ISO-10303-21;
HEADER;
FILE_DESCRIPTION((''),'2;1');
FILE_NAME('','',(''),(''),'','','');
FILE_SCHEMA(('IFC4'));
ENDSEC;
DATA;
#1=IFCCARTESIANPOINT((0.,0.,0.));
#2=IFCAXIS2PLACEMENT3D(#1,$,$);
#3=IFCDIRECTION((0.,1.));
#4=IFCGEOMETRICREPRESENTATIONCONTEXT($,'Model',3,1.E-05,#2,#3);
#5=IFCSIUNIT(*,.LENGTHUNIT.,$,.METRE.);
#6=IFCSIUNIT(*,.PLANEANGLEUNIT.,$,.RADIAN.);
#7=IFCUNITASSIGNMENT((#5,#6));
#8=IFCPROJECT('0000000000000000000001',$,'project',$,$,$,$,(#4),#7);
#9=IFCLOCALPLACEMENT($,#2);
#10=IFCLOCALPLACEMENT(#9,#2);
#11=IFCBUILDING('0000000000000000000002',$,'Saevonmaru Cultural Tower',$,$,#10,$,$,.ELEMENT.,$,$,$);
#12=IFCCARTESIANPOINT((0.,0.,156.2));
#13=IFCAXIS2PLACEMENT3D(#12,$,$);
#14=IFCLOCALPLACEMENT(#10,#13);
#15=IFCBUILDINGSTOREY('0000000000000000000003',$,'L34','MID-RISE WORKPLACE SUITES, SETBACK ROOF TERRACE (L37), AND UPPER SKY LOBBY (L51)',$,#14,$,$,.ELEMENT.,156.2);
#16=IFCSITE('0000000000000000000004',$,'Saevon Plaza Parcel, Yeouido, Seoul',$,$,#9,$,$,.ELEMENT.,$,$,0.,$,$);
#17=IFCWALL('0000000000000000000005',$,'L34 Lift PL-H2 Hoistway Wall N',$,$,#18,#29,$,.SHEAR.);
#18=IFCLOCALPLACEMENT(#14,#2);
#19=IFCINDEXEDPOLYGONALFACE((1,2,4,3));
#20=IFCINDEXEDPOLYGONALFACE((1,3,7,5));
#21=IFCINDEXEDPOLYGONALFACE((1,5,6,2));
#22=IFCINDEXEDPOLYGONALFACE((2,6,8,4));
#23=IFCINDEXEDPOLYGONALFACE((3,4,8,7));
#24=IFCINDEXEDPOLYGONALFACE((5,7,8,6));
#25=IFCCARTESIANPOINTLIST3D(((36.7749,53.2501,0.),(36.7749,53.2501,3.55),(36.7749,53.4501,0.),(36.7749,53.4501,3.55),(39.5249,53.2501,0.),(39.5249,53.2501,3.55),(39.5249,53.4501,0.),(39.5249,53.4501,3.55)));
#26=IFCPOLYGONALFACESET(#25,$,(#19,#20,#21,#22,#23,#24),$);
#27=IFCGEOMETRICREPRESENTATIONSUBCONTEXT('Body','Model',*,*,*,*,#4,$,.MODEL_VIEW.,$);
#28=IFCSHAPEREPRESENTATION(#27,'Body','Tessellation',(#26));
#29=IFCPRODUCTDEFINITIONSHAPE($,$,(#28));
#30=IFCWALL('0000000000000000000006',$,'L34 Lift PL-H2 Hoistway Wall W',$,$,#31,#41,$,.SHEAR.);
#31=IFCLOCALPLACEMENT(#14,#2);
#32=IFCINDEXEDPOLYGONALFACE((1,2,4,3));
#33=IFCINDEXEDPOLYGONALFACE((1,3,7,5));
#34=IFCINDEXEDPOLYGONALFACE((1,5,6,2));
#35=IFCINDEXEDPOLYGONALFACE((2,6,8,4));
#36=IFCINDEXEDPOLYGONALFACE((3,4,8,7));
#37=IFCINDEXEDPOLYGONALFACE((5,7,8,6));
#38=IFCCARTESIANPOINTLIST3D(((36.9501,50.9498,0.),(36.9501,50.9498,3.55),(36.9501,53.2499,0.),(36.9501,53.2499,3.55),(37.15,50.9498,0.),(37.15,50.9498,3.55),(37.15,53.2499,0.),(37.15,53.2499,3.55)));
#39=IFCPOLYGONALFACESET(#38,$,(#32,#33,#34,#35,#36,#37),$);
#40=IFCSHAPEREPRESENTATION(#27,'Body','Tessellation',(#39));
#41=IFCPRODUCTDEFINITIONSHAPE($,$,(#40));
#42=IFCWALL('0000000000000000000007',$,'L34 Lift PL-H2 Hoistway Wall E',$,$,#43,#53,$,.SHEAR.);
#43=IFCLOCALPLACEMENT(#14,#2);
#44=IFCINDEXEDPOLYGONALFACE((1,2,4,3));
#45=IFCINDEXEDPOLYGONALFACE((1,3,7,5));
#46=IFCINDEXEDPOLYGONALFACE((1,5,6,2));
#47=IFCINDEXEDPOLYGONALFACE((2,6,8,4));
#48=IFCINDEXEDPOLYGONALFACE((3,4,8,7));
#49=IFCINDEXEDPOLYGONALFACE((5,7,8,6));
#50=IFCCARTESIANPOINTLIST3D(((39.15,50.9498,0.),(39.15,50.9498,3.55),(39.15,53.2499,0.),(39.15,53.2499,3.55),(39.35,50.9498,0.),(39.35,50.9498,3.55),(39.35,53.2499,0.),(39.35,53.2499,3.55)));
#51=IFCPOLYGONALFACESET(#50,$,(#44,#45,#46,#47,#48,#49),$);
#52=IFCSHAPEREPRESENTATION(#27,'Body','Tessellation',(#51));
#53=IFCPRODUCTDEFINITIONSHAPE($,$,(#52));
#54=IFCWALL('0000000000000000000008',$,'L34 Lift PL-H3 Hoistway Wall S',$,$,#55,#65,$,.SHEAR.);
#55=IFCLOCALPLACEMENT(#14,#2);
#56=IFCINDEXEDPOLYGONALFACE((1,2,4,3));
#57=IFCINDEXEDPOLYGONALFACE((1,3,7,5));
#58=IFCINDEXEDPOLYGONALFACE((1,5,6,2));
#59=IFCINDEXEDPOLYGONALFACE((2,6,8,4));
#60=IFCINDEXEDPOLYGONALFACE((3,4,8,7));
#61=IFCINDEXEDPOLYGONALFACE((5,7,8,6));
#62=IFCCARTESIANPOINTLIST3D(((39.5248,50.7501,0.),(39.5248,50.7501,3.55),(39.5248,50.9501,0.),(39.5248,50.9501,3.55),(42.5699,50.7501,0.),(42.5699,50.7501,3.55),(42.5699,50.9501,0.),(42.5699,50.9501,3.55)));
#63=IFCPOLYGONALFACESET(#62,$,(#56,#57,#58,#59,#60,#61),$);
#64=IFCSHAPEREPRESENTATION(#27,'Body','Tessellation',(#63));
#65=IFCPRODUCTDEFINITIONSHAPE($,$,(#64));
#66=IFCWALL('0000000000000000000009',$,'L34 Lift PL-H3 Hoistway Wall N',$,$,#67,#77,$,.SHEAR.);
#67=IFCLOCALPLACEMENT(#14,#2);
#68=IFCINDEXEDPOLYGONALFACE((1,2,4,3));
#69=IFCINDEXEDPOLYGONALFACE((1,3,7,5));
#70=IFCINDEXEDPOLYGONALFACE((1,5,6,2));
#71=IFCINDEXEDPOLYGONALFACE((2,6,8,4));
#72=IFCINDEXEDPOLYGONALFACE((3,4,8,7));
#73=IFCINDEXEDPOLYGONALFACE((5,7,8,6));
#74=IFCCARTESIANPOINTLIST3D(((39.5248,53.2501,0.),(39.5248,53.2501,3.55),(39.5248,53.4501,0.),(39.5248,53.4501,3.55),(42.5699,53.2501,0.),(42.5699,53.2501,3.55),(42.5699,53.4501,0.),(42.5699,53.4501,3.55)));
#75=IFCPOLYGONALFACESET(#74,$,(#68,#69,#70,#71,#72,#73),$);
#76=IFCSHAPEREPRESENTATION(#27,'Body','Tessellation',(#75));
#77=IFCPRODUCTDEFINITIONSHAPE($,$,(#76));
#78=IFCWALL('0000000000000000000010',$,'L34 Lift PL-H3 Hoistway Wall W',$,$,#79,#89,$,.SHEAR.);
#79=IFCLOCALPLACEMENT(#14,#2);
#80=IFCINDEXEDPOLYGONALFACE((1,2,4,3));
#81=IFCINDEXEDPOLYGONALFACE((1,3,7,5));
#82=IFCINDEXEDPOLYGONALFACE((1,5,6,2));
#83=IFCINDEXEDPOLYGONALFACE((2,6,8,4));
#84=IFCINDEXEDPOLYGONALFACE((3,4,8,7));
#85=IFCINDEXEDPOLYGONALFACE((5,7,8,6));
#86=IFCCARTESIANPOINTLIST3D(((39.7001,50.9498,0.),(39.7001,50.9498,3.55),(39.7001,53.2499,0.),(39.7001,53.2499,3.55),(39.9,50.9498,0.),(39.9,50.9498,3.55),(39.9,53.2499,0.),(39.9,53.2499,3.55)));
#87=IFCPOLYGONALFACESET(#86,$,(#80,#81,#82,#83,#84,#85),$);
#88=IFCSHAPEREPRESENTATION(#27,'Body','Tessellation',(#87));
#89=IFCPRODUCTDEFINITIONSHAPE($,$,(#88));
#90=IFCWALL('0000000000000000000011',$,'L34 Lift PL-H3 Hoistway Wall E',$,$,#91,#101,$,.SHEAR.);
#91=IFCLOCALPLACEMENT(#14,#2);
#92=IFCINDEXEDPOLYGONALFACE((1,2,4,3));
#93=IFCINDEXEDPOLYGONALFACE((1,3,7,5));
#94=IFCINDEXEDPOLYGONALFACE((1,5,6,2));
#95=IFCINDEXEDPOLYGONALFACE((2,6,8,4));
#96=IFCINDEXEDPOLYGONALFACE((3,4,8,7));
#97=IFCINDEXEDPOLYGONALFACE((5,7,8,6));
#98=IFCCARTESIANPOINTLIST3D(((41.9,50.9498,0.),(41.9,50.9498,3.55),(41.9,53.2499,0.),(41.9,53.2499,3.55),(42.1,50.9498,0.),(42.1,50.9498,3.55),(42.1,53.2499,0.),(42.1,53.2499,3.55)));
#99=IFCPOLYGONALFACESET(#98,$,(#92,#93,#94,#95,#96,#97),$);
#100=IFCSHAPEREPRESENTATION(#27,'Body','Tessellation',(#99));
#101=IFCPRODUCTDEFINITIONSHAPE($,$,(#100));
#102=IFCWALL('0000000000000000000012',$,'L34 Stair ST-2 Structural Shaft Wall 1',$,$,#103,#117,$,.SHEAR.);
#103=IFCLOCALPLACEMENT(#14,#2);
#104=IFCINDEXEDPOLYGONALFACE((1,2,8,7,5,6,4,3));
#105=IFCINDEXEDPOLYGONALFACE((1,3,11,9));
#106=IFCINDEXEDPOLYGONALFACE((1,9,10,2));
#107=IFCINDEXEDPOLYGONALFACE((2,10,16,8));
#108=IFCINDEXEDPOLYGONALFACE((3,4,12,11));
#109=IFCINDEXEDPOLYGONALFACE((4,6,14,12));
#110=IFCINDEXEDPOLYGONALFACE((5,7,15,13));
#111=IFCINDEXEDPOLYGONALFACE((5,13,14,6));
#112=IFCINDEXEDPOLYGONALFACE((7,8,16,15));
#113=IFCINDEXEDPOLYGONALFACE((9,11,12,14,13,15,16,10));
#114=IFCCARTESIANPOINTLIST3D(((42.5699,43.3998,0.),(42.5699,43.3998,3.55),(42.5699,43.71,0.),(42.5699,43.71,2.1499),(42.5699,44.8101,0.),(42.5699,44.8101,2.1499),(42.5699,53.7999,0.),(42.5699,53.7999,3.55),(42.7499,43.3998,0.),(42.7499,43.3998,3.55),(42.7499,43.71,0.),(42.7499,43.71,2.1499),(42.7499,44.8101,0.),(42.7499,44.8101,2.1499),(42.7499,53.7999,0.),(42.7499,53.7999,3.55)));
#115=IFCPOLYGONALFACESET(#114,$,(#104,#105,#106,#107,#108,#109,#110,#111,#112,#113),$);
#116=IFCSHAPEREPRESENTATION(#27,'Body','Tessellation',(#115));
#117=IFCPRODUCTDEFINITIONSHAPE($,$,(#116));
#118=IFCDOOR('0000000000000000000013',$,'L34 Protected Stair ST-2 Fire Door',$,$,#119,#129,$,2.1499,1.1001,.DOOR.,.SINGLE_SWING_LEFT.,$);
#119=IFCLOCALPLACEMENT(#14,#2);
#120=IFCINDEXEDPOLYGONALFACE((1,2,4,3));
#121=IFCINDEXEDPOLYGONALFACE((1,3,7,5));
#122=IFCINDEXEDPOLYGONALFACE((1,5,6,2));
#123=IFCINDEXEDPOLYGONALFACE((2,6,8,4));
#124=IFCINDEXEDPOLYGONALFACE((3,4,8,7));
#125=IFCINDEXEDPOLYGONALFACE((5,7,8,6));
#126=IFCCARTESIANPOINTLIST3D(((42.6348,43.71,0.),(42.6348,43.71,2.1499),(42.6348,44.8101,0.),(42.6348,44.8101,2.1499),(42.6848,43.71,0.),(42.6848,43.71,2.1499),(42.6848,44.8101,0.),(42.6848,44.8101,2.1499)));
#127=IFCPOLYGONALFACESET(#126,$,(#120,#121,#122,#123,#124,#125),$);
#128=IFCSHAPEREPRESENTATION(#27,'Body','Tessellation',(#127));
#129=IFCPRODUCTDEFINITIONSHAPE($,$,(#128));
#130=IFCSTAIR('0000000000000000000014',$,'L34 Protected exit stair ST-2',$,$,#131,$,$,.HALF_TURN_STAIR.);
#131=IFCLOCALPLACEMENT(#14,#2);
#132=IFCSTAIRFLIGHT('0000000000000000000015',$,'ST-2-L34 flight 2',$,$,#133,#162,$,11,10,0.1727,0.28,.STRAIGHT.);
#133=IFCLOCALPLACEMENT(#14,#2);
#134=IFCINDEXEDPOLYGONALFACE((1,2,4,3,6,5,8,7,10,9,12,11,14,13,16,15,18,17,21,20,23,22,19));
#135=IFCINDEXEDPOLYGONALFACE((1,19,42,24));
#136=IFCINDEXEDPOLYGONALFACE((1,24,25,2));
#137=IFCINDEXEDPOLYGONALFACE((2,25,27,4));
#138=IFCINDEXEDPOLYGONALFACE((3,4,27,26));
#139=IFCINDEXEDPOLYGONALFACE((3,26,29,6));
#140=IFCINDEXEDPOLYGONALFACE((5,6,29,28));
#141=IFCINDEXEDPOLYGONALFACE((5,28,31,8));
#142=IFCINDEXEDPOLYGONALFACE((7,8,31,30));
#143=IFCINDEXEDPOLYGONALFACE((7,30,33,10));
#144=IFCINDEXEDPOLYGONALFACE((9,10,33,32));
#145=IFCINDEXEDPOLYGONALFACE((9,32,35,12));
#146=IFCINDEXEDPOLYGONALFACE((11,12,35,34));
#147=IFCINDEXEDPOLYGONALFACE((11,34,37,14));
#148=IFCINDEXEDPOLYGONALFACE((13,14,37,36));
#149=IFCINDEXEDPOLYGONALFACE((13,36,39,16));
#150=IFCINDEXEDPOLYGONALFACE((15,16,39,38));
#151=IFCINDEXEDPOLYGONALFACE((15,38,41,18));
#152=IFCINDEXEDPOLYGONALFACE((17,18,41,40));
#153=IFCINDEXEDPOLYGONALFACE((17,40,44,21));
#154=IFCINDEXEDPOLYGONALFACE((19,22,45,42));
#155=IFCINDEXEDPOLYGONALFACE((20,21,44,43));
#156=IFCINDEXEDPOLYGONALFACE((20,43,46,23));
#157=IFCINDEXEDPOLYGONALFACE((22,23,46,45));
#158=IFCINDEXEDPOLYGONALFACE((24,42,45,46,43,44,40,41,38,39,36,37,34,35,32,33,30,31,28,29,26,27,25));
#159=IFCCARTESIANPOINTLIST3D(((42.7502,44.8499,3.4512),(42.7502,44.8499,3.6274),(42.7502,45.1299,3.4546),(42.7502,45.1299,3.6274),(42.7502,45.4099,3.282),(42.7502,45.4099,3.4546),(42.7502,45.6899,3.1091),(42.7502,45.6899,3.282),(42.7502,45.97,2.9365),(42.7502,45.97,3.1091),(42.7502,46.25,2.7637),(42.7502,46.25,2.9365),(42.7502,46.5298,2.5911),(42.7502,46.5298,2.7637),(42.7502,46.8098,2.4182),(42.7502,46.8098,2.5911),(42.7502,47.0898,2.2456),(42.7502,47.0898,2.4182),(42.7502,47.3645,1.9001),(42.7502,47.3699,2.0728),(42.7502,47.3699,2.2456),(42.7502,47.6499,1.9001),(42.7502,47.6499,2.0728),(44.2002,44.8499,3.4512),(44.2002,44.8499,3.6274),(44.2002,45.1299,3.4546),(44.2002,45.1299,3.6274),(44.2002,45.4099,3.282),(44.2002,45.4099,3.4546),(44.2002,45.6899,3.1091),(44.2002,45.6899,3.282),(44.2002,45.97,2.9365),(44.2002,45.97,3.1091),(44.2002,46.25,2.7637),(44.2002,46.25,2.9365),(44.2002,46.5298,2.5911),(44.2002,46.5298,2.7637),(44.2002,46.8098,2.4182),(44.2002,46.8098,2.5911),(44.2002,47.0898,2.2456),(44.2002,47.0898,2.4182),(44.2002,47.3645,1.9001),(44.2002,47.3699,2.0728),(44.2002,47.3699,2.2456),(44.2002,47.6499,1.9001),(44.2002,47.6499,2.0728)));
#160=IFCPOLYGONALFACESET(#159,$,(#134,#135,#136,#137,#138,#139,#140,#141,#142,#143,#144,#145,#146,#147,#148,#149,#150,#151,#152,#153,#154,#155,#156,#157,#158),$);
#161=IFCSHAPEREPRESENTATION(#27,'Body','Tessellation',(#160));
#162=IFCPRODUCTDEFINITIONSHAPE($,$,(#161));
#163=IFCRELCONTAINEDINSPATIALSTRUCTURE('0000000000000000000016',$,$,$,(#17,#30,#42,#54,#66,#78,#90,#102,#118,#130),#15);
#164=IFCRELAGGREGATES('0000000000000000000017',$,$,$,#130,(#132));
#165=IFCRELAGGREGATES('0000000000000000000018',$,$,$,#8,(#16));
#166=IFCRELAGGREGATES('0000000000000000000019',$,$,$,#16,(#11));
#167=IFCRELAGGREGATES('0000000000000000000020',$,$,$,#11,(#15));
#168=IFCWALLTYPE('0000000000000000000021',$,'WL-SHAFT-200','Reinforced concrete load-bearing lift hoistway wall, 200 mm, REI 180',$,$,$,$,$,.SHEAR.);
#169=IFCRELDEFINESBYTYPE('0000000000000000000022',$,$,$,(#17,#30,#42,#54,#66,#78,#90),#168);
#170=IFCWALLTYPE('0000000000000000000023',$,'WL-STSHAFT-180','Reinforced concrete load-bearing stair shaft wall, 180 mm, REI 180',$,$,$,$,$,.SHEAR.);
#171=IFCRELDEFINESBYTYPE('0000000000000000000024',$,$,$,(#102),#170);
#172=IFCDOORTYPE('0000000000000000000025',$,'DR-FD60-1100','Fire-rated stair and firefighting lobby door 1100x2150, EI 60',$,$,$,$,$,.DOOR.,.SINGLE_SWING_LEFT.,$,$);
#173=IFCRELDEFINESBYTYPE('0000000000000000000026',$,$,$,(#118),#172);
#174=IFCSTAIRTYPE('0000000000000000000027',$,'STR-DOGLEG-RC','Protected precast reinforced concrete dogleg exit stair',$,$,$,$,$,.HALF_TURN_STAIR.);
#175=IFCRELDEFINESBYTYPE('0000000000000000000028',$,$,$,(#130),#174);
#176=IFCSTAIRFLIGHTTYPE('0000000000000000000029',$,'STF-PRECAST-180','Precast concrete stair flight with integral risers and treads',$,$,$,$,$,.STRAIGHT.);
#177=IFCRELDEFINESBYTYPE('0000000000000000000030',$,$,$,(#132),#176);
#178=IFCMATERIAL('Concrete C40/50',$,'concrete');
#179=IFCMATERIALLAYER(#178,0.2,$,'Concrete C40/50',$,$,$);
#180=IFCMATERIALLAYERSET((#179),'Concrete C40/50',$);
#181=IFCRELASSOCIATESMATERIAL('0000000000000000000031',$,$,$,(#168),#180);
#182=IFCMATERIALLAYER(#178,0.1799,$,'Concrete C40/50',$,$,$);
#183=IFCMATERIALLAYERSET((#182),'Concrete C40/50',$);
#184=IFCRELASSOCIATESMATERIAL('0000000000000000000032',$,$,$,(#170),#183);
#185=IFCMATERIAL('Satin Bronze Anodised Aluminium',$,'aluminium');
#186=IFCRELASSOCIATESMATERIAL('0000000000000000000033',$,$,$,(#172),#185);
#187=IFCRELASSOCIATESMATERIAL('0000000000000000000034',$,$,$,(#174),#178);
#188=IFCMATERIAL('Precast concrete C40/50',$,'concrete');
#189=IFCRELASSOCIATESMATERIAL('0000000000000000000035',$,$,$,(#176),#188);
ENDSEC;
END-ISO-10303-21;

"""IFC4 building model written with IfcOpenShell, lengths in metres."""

from ifc_helpers import new_model, si_unit, direction, frame, frame_2d, origin, place, context, subcontext, project, spatial, polyline, rectangle, outline, extrude, material, layer, layer_set, type_object, element, fill, aggregate, save


model = new_model("IFC4")

# Units and contexts
model_context = context("Model", 3, precision=1e-05, world=origin(), true_north=direction((0.0, 1.0)))
body_context = subcontext(model_context, "Body", "Model", "MODEL_VIEW")
ifc_project = project(units=[si_unit("LENGTHUNIT", "METRE"), si_unit("PLANEANGLEUNIT", "RADIAN")], contexts=[model_context])

# Site, building, storey
site_placement = place(None, origin())
site = spatial("IfcSite", under=ifc_project, at=site_placement, Name="Saevon Plaza Parcel, Yeouido, Seoul", CompositionType="ELEMENT", RefElevation=0.0)
building_placement = place(site_placement, origin())
building = spatial("IfcBuilding", under=site, at=building_placement, Name="Saevonmaru Cultural Tower", CompositionType="ELEMENT")
storey_placement = place(building_placement, frame((0.0, 0.0, 156.2)))
storey = spatial("IfcBuildingStorey", under=building, at=storey_placement, Name="L34", Description="MID-RISE WORKPLACE SUITES, SETBACK ROOF TERRACE (L37), AND UPPER SKY LOBBY (L51)", CompositionType="ELEMENT", Elevation=156.2)

# Shared definitions
ifc_material_1 = material(Name="Satin Bronze Anodised Aluminium", Category="aluminium")

# Walls
ifc_material_2 = material(Name="Concrete C40/50", Category="concrete")
ifc_layer_1 = layer(ifc_material_2, 0.2, Name="Concrete C40/50")
ifc_layer_set_1 = layer_set([ifc_layer_1], Name="Concrete C40/50")
wall_type_1 = type_object("IfcWallType", Name="WL-SHAFT-200", Description="Reinforced concrete load-bearing lift hoistway wall, 200 mm, REI 180", PredefinedType="SHEAR", material=ifc_layer_set_1)
for number, where, z_axis, x_axis, name in (
    (1, (36.7749, 53.3501, 0.0), (0.0, 0.0, 1.0), (1.0, 0.0, 0.0), "L34 Lift PL-H2 Hoistway Wall N"),
):
    element("IfcWall", number, at=place(storey_placement, frame(where, z_axis=z_axis, x_axis=x_axis)), inside=storey, type_object=wall_type_1, Name=name, PredefinedType="SHEAR", context=body_context, shape_type="SweptSolid", body=[
        extrude(rectangle(XDim=2.75, YDim=0.2, at=frame_2d((1.375, 0.0))), origin(), (0.0, 0.0, 1.0), 3.55),
    ])
for number, where, z_axis, x_axis, name in (
    (2, (37.05, 50.95, 0.0), (0.0, 0.0, 1.0), (0.0, 1.0, 0.0), "L34 Lift PL-H2 Hoistway Wall W"),
    (3, (39.25, 50.95, 0.0), (0.0, 0.0, 1.0), (0.0, 1.0, 0.0), "L34 Lift PL-H2 Hoistway Wall E"),
):
    element("IfcWall", number, at=place(storey_placement, frame(where, z_axis=z_axis, x_axis=x_axis)), inside=storey, type_object=wall_type_1, Name=name, PredefinedType="SHEAR", context=body_context, shape_type="SweptSolid", body=[
        extrude(rectangle(XDim=2.3, YDim=0.2, at=frame_2d((1.1499, 0.0))), origin(), (0.0, 0.0, 1.0), 3.55),
    ])
for number, where, z_axis, x_axis, name in (
    (4, (39.5249, 50.8501, 0.0), (0.0, 0.0, 1.0), (1.0, 0.0, 0.0), "L34 Lift PL-H3 Hoistway Wall S"),
    (5, (39.5249, 53.3501, 0.0), (0.0, 0.0, 1.0), (1.0, 0.0, 0.0), "L34 Lift PL-H3 Hoistway Wall N"),
):
    element("IfcWall", number, at=place(storey_placement, frame(where, z_axis=z_axis, x_axis=x_axis)), inside=storey, type_object=wall_type_1, Name=name, PredefinedType="SHEAR", context=body_context, shape_type="SweptSolid", body=[
        extrude(rectangle(XDim=3.0452, YDim=0.2, at=frame_2d((1.5225, 0.0))), origin(), (0.0, 0.0, 1.0), 3.55),
    ])
for number, where, z_axis, x_axis, name in (
    (6, (39.8, 50.95, 0.0), (0.0, 0.0, 1.0), (0.0, 1.0, 0.0), "L34 Lift PL-H3 Hoistway Wall W"),
    (7, (42.0, 50.95, 0.0), (0.0, 0.0, 1.0), (0.0, 1.0, 0.0), "L34 Lift PL-H3 Hoistway Wall E"),
):
    element("IfcWall", number, at=place(storey_placement, frame(where, z_axis=z_axis, x_axis=x_axis)), inside=storey, type_object=wall_type_1, Name=name, PredefinedType="SHEAR", context=body_context, shape_type="SweptSolid", body=[
        extrude(rectangle(XDim=2.3, YDim=0.2, at=frame_2d((1.1499, 0.0))), origin(), (0.0, 0.0, 1.0), 3.55),
    ])

# Wall, opening, door
ifc_layer_2 = layer(ifc_material_2, 0.1799, Name="Concrete C40/50")
ifc_layer_set_2 = layer_set([ifc_layer_2], Name="Concrete C40/50")
wall_type_2 = type_object("IfcWallType", Name="WL-STSHAFT-180", Description="Reinforced concrete load-bearing stair shaft wall, 180 mm, REI 180", PredefinedType="SHEAR", material=ifc_layer_set_2)
wall_1_placement = place(storey_placement, frame((42.6599, 53.8, 0.0), z_axis=(0.0, 0.0, 1.0), x_axis=(0.0, -1.0, 0.0)))
wall_1 = element("IfcWall", 8, at=wall_1_placement, inside=storey, type_object=wall_type_2, Name="L34 Stair ST-2 Structural Shaft Wall 1", PredefinedType="SHEAR", context=body_context, shape_type="SweptSolid", body=[
    extrude(rectangle(XDim=10.4001, YDim=0.1799, at=frame_2d((5.2002, 0.0))), origin(), (0.0, 0.0, 1.0), 3.55),
])
opening_placement = place(wall_1_placement, frame((8.99, 0.0, 0.0)))
opening = element("IfcOpeningElement", 9, at=opening_placement, cuts=wall_1, PredefinedType="OPENING", context=body_context, shape_type="SweptSolid", body=[
    extrude(rectangle(XDim=1.1001, YDim=2.1499, at=frame_2d((0.55, 1.075))), frame((0.0, 0.1001, 0.0), z_axis=(0.0, -1.0, 0.0), x_axis=(1.0, 0.0, 0.0)), (0.0, 0.0, 1.0), 0.2),
])
door_type = type_object("IfcDoorType", Name="DR-FD60-1100", Description="Fire-rated stair and firefighting lobby door 1100x2150, EI 60", OperationType="SINGLE_SWING_LEFT", PredefinedType="DOOR", material=ifc_material_1)
door_placement = place(opening_placement, origin())
door = element("IfcDoor", 10, at=door_placement, inside=storey, type_object=door_type, Name="L34 Protected Stair ST-2 Fire Door", OperationType="SINGLE_SWING_LEFT", OverallHeight=2.1499, OverallWidth=1.1001, PredefinedType="DOOR", context=body_context, shape_type="SweptSolid", body=[
    extrude(rectangle(XDim=1.1001, YDim=2.1499, at=frame_2d((0.55, 1.075))), frame((0.0, 0.0249, 0.0), z_axis=(0.0, -1.0, 0.0), x_axis=(1.0, 0.0, 0.0)), (0.0, 0.0, 1.0), 0.05),
])
fill(opening, door)

# Stair, stair flight
stair_type = type_object("IfcStairType", Name="STR-DOGLEG-RC", Description="Protected precast reinforced concrete dogleg exit stair", PredefinedType="HALF_TURN_STAIR", material=ifc_material_2)
stair_placement = place(storey_placement, origin())
stair = element("IfcStair", 11, at=stair_placement, inside=storey, type_object=stair_type, Name="L34 Protected exit stair ST-2", PredefinedType="HALF_TURN_STAIR")
ifc_material_3 = material(Name="Precast concrete C40/50", Category="concrete")
stair_flight_type = type_object("IfcStairFlightType", Name="STF-PRECAST-180", Description="Precast concrete stair flight with integral risers and treads", PredefinedType="STRAIGHT", material=ifc_material_3)
stair_flight_placement = place(storey_placement, frame((43.4751, 47.6499, 1.9001), z_axis=(0.0, 0.0, 1.0), x_axis=(0.0, -1.0, 0.0)))
stair_flight = element("IfcStairFlight", 12, at=stair_flight_placement, type_object=stair_flight_type, Name="ST-2-L34 flight 2", NumberOfRisers=11, NumberOfTreads=10, PredefinedType="STRAIGHT", RiserHeight=0.1727, TreadLength=0.28, context=body_context, shape_type="SweptSolid", body=[
    extrude(outline(polyline([(0.0, 0.0), (0.0, 0.1726), (0.28, 0.1726), (0.28, 0.3455), (0.5601, 0.3455), (0.5601, 0.5181), (0.8401, 0.5181), (0.8401, 0.6909), (1.1201, 0.6909), (1.1201, 0.8635), (1.3999, 0.8635), (1.3999, 1.0364), (1.6799, 1.0364), (1.6799, 1.209), (1.96, 1.209), (1.96, 1.3818), (2.24, 1.3818), (2.24, 1.5544), (2.52, 1.5544), (2.52, 1.7273), (2.8, 1.7273), (2.8, 1.8999), (2.8, 1.551), (0.2854, 0.0), (0.0, 0.0)])), frame((0.0, 0.7251, 0.0), z_axis=(0.0, -1.0, 0.0), x_axis=(1.0, 0.0, 0.0)), (0.0, 0.0, 1.0), 1.45),
])
aggregate(stair, [stair_flight])

save(model, "model.ifc")
